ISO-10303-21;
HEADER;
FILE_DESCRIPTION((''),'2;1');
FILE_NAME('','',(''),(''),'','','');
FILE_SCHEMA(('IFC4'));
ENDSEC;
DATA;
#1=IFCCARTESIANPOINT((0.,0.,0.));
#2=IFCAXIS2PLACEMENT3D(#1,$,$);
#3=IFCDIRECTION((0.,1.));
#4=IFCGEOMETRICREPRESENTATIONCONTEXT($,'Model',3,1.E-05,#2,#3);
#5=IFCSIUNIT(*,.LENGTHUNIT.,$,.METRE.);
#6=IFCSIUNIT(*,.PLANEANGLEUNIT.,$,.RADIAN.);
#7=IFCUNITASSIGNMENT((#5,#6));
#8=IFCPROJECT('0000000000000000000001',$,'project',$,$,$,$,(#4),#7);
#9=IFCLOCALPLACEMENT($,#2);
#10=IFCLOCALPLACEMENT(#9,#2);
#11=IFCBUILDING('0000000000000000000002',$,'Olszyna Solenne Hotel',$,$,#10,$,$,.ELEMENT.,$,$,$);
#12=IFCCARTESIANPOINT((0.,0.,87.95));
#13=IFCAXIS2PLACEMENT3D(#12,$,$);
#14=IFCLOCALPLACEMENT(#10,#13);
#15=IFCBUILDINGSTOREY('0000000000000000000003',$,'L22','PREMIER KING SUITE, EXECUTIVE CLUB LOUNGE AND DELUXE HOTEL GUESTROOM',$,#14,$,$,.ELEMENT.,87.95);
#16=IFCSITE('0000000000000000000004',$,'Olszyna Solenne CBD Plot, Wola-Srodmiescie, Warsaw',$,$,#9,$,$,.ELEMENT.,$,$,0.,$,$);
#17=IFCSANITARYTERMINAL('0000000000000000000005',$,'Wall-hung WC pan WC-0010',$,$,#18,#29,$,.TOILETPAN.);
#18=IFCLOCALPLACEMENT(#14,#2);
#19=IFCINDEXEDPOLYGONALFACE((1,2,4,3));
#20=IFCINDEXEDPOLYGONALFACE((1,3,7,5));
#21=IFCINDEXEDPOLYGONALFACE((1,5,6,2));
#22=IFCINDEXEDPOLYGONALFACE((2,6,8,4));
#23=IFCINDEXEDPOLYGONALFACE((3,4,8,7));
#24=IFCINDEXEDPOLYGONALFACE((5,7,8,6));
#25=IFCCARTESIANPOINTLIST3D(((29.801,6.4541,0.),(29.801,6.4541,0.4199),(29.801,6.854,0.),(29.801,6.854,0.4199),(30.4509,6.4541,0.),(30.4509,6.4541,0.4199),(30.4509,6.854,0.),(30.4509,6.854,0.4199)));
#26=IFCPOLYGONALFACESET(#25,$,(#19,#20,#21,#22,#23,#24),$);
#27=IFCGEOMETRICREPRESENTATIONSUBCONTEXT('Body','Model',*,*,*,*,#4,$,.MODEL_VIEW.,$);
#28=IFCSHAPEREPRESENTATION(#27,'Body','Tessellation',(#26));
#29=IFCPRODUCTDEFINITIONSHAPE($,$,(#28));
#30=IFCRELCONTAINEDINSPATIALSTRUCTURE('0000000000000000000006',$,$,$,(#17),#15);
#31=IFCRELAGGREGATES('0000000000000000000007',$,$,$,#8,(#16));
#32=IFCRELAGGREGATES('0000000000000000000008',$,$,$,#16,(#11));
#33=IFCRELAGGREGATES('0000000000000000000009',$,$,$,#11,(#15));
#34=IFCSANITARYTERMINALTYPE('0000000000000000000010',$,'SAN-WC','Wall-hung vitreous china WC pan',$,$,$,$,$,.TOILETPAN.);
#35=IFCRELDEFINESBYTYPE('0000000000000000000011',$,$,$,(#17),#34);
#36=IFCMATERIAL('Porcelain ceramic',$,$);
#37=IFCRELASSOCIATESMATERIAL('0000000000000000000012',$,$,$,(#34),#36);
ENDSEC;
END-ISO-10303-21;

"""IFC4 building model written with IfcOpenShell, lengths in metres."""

from ifc_helpers import new_model, si_unit, direction, frame, origin, origin_2d, place, context, subcontext, project, spatial, rectangle, extrude, source, transform, mapped, material, type_object, element, save


model = new_model("IFC4")

# Units and contexts
model_context = context("Model", 3, precision=1e-05, world=origin(), true_north=direction((0.0, 1.0)))
body_context = subcontext(model_context, "Body", "Model", "MODEL_VIEW")
ifc_project = project(units=[si_unit("LENGTHUNIT", "METRE"), si_unit("PLANEANGLEUNIT", "RADIAN")], contexts=[model_context])

# Site, building, storey
site_placement = place(None, origin())
site = spatial("IfcSite", under=ifc_project, at=site_placement, Name="Olszyna Solenne CBD Plot, Wola-Srodmiescie, Warsaw", CompositionType="ELEMENT", RefElevation=0.0)
building_placement = place(site_placement, origin())
building = spatial("IfcBuilding", under=site, at=building_placement, Name="Olszyna Solenne Hotel", CompositionType="ELEMENT")
storey_placement = place(building_placement, frame((0.0, 0.0, 87.95)))
storey = spatial("IfcBuildingStorey", under=building, at=storey_placement, Name="L22", Description="PREMIER KING SUITE, EXECUTIVE CLUB LOUNGE AND DELUXE HOTEL GUESTROOM", CompositionType="ELEMENT", Elevation=87.95)

# Sanitary terminal
ifc_material_1 = material(Name="Porcelain ceramic")
sanitary_terminal_type = type_object("IfcSanitaryTerminalType", Name="SAN-WC", Description="Wall-hung vitreous china WC pan", PredefinedType="TOILETPAN", material=ifc_material_1)
shared_shape_1 = source(origin(), body_context, "Body", "SweptSolid", [
    extrude(rectangle(XDim=0.6499, YDim=0.3999, at=origin_2d()), origin(), (0.0, 0.0, 1.0), 0.4199),
])
sanitary_terminal_placement = place(storey_placement, frame((30.126, 6.6541, 0.0), z_axis=(0.0, 0.0, 1.0), x_axis=(1.0, 0.0, 0.0)))
element("IfcSanitaryTerminal", 1, at=sanitary_terminal_placement, inside=storey, type_object=sanitary_terminal_type, Name="Wall-hung WC pan WC-0010", PredefinedType="TOILETPAN", context=body_context, shape_type="MappedRepresentation", body=[
    mapped(shared_shape_1, transform((0.0, 0.0, 0.0), x_axis=(1.0, 0.0, 0.0), y_axis=(0.0, 1.0, 0.0), z_axis=(0.0, 0.0, 1.0), scale=1.0)),
])

save(model, "model.ifc")
